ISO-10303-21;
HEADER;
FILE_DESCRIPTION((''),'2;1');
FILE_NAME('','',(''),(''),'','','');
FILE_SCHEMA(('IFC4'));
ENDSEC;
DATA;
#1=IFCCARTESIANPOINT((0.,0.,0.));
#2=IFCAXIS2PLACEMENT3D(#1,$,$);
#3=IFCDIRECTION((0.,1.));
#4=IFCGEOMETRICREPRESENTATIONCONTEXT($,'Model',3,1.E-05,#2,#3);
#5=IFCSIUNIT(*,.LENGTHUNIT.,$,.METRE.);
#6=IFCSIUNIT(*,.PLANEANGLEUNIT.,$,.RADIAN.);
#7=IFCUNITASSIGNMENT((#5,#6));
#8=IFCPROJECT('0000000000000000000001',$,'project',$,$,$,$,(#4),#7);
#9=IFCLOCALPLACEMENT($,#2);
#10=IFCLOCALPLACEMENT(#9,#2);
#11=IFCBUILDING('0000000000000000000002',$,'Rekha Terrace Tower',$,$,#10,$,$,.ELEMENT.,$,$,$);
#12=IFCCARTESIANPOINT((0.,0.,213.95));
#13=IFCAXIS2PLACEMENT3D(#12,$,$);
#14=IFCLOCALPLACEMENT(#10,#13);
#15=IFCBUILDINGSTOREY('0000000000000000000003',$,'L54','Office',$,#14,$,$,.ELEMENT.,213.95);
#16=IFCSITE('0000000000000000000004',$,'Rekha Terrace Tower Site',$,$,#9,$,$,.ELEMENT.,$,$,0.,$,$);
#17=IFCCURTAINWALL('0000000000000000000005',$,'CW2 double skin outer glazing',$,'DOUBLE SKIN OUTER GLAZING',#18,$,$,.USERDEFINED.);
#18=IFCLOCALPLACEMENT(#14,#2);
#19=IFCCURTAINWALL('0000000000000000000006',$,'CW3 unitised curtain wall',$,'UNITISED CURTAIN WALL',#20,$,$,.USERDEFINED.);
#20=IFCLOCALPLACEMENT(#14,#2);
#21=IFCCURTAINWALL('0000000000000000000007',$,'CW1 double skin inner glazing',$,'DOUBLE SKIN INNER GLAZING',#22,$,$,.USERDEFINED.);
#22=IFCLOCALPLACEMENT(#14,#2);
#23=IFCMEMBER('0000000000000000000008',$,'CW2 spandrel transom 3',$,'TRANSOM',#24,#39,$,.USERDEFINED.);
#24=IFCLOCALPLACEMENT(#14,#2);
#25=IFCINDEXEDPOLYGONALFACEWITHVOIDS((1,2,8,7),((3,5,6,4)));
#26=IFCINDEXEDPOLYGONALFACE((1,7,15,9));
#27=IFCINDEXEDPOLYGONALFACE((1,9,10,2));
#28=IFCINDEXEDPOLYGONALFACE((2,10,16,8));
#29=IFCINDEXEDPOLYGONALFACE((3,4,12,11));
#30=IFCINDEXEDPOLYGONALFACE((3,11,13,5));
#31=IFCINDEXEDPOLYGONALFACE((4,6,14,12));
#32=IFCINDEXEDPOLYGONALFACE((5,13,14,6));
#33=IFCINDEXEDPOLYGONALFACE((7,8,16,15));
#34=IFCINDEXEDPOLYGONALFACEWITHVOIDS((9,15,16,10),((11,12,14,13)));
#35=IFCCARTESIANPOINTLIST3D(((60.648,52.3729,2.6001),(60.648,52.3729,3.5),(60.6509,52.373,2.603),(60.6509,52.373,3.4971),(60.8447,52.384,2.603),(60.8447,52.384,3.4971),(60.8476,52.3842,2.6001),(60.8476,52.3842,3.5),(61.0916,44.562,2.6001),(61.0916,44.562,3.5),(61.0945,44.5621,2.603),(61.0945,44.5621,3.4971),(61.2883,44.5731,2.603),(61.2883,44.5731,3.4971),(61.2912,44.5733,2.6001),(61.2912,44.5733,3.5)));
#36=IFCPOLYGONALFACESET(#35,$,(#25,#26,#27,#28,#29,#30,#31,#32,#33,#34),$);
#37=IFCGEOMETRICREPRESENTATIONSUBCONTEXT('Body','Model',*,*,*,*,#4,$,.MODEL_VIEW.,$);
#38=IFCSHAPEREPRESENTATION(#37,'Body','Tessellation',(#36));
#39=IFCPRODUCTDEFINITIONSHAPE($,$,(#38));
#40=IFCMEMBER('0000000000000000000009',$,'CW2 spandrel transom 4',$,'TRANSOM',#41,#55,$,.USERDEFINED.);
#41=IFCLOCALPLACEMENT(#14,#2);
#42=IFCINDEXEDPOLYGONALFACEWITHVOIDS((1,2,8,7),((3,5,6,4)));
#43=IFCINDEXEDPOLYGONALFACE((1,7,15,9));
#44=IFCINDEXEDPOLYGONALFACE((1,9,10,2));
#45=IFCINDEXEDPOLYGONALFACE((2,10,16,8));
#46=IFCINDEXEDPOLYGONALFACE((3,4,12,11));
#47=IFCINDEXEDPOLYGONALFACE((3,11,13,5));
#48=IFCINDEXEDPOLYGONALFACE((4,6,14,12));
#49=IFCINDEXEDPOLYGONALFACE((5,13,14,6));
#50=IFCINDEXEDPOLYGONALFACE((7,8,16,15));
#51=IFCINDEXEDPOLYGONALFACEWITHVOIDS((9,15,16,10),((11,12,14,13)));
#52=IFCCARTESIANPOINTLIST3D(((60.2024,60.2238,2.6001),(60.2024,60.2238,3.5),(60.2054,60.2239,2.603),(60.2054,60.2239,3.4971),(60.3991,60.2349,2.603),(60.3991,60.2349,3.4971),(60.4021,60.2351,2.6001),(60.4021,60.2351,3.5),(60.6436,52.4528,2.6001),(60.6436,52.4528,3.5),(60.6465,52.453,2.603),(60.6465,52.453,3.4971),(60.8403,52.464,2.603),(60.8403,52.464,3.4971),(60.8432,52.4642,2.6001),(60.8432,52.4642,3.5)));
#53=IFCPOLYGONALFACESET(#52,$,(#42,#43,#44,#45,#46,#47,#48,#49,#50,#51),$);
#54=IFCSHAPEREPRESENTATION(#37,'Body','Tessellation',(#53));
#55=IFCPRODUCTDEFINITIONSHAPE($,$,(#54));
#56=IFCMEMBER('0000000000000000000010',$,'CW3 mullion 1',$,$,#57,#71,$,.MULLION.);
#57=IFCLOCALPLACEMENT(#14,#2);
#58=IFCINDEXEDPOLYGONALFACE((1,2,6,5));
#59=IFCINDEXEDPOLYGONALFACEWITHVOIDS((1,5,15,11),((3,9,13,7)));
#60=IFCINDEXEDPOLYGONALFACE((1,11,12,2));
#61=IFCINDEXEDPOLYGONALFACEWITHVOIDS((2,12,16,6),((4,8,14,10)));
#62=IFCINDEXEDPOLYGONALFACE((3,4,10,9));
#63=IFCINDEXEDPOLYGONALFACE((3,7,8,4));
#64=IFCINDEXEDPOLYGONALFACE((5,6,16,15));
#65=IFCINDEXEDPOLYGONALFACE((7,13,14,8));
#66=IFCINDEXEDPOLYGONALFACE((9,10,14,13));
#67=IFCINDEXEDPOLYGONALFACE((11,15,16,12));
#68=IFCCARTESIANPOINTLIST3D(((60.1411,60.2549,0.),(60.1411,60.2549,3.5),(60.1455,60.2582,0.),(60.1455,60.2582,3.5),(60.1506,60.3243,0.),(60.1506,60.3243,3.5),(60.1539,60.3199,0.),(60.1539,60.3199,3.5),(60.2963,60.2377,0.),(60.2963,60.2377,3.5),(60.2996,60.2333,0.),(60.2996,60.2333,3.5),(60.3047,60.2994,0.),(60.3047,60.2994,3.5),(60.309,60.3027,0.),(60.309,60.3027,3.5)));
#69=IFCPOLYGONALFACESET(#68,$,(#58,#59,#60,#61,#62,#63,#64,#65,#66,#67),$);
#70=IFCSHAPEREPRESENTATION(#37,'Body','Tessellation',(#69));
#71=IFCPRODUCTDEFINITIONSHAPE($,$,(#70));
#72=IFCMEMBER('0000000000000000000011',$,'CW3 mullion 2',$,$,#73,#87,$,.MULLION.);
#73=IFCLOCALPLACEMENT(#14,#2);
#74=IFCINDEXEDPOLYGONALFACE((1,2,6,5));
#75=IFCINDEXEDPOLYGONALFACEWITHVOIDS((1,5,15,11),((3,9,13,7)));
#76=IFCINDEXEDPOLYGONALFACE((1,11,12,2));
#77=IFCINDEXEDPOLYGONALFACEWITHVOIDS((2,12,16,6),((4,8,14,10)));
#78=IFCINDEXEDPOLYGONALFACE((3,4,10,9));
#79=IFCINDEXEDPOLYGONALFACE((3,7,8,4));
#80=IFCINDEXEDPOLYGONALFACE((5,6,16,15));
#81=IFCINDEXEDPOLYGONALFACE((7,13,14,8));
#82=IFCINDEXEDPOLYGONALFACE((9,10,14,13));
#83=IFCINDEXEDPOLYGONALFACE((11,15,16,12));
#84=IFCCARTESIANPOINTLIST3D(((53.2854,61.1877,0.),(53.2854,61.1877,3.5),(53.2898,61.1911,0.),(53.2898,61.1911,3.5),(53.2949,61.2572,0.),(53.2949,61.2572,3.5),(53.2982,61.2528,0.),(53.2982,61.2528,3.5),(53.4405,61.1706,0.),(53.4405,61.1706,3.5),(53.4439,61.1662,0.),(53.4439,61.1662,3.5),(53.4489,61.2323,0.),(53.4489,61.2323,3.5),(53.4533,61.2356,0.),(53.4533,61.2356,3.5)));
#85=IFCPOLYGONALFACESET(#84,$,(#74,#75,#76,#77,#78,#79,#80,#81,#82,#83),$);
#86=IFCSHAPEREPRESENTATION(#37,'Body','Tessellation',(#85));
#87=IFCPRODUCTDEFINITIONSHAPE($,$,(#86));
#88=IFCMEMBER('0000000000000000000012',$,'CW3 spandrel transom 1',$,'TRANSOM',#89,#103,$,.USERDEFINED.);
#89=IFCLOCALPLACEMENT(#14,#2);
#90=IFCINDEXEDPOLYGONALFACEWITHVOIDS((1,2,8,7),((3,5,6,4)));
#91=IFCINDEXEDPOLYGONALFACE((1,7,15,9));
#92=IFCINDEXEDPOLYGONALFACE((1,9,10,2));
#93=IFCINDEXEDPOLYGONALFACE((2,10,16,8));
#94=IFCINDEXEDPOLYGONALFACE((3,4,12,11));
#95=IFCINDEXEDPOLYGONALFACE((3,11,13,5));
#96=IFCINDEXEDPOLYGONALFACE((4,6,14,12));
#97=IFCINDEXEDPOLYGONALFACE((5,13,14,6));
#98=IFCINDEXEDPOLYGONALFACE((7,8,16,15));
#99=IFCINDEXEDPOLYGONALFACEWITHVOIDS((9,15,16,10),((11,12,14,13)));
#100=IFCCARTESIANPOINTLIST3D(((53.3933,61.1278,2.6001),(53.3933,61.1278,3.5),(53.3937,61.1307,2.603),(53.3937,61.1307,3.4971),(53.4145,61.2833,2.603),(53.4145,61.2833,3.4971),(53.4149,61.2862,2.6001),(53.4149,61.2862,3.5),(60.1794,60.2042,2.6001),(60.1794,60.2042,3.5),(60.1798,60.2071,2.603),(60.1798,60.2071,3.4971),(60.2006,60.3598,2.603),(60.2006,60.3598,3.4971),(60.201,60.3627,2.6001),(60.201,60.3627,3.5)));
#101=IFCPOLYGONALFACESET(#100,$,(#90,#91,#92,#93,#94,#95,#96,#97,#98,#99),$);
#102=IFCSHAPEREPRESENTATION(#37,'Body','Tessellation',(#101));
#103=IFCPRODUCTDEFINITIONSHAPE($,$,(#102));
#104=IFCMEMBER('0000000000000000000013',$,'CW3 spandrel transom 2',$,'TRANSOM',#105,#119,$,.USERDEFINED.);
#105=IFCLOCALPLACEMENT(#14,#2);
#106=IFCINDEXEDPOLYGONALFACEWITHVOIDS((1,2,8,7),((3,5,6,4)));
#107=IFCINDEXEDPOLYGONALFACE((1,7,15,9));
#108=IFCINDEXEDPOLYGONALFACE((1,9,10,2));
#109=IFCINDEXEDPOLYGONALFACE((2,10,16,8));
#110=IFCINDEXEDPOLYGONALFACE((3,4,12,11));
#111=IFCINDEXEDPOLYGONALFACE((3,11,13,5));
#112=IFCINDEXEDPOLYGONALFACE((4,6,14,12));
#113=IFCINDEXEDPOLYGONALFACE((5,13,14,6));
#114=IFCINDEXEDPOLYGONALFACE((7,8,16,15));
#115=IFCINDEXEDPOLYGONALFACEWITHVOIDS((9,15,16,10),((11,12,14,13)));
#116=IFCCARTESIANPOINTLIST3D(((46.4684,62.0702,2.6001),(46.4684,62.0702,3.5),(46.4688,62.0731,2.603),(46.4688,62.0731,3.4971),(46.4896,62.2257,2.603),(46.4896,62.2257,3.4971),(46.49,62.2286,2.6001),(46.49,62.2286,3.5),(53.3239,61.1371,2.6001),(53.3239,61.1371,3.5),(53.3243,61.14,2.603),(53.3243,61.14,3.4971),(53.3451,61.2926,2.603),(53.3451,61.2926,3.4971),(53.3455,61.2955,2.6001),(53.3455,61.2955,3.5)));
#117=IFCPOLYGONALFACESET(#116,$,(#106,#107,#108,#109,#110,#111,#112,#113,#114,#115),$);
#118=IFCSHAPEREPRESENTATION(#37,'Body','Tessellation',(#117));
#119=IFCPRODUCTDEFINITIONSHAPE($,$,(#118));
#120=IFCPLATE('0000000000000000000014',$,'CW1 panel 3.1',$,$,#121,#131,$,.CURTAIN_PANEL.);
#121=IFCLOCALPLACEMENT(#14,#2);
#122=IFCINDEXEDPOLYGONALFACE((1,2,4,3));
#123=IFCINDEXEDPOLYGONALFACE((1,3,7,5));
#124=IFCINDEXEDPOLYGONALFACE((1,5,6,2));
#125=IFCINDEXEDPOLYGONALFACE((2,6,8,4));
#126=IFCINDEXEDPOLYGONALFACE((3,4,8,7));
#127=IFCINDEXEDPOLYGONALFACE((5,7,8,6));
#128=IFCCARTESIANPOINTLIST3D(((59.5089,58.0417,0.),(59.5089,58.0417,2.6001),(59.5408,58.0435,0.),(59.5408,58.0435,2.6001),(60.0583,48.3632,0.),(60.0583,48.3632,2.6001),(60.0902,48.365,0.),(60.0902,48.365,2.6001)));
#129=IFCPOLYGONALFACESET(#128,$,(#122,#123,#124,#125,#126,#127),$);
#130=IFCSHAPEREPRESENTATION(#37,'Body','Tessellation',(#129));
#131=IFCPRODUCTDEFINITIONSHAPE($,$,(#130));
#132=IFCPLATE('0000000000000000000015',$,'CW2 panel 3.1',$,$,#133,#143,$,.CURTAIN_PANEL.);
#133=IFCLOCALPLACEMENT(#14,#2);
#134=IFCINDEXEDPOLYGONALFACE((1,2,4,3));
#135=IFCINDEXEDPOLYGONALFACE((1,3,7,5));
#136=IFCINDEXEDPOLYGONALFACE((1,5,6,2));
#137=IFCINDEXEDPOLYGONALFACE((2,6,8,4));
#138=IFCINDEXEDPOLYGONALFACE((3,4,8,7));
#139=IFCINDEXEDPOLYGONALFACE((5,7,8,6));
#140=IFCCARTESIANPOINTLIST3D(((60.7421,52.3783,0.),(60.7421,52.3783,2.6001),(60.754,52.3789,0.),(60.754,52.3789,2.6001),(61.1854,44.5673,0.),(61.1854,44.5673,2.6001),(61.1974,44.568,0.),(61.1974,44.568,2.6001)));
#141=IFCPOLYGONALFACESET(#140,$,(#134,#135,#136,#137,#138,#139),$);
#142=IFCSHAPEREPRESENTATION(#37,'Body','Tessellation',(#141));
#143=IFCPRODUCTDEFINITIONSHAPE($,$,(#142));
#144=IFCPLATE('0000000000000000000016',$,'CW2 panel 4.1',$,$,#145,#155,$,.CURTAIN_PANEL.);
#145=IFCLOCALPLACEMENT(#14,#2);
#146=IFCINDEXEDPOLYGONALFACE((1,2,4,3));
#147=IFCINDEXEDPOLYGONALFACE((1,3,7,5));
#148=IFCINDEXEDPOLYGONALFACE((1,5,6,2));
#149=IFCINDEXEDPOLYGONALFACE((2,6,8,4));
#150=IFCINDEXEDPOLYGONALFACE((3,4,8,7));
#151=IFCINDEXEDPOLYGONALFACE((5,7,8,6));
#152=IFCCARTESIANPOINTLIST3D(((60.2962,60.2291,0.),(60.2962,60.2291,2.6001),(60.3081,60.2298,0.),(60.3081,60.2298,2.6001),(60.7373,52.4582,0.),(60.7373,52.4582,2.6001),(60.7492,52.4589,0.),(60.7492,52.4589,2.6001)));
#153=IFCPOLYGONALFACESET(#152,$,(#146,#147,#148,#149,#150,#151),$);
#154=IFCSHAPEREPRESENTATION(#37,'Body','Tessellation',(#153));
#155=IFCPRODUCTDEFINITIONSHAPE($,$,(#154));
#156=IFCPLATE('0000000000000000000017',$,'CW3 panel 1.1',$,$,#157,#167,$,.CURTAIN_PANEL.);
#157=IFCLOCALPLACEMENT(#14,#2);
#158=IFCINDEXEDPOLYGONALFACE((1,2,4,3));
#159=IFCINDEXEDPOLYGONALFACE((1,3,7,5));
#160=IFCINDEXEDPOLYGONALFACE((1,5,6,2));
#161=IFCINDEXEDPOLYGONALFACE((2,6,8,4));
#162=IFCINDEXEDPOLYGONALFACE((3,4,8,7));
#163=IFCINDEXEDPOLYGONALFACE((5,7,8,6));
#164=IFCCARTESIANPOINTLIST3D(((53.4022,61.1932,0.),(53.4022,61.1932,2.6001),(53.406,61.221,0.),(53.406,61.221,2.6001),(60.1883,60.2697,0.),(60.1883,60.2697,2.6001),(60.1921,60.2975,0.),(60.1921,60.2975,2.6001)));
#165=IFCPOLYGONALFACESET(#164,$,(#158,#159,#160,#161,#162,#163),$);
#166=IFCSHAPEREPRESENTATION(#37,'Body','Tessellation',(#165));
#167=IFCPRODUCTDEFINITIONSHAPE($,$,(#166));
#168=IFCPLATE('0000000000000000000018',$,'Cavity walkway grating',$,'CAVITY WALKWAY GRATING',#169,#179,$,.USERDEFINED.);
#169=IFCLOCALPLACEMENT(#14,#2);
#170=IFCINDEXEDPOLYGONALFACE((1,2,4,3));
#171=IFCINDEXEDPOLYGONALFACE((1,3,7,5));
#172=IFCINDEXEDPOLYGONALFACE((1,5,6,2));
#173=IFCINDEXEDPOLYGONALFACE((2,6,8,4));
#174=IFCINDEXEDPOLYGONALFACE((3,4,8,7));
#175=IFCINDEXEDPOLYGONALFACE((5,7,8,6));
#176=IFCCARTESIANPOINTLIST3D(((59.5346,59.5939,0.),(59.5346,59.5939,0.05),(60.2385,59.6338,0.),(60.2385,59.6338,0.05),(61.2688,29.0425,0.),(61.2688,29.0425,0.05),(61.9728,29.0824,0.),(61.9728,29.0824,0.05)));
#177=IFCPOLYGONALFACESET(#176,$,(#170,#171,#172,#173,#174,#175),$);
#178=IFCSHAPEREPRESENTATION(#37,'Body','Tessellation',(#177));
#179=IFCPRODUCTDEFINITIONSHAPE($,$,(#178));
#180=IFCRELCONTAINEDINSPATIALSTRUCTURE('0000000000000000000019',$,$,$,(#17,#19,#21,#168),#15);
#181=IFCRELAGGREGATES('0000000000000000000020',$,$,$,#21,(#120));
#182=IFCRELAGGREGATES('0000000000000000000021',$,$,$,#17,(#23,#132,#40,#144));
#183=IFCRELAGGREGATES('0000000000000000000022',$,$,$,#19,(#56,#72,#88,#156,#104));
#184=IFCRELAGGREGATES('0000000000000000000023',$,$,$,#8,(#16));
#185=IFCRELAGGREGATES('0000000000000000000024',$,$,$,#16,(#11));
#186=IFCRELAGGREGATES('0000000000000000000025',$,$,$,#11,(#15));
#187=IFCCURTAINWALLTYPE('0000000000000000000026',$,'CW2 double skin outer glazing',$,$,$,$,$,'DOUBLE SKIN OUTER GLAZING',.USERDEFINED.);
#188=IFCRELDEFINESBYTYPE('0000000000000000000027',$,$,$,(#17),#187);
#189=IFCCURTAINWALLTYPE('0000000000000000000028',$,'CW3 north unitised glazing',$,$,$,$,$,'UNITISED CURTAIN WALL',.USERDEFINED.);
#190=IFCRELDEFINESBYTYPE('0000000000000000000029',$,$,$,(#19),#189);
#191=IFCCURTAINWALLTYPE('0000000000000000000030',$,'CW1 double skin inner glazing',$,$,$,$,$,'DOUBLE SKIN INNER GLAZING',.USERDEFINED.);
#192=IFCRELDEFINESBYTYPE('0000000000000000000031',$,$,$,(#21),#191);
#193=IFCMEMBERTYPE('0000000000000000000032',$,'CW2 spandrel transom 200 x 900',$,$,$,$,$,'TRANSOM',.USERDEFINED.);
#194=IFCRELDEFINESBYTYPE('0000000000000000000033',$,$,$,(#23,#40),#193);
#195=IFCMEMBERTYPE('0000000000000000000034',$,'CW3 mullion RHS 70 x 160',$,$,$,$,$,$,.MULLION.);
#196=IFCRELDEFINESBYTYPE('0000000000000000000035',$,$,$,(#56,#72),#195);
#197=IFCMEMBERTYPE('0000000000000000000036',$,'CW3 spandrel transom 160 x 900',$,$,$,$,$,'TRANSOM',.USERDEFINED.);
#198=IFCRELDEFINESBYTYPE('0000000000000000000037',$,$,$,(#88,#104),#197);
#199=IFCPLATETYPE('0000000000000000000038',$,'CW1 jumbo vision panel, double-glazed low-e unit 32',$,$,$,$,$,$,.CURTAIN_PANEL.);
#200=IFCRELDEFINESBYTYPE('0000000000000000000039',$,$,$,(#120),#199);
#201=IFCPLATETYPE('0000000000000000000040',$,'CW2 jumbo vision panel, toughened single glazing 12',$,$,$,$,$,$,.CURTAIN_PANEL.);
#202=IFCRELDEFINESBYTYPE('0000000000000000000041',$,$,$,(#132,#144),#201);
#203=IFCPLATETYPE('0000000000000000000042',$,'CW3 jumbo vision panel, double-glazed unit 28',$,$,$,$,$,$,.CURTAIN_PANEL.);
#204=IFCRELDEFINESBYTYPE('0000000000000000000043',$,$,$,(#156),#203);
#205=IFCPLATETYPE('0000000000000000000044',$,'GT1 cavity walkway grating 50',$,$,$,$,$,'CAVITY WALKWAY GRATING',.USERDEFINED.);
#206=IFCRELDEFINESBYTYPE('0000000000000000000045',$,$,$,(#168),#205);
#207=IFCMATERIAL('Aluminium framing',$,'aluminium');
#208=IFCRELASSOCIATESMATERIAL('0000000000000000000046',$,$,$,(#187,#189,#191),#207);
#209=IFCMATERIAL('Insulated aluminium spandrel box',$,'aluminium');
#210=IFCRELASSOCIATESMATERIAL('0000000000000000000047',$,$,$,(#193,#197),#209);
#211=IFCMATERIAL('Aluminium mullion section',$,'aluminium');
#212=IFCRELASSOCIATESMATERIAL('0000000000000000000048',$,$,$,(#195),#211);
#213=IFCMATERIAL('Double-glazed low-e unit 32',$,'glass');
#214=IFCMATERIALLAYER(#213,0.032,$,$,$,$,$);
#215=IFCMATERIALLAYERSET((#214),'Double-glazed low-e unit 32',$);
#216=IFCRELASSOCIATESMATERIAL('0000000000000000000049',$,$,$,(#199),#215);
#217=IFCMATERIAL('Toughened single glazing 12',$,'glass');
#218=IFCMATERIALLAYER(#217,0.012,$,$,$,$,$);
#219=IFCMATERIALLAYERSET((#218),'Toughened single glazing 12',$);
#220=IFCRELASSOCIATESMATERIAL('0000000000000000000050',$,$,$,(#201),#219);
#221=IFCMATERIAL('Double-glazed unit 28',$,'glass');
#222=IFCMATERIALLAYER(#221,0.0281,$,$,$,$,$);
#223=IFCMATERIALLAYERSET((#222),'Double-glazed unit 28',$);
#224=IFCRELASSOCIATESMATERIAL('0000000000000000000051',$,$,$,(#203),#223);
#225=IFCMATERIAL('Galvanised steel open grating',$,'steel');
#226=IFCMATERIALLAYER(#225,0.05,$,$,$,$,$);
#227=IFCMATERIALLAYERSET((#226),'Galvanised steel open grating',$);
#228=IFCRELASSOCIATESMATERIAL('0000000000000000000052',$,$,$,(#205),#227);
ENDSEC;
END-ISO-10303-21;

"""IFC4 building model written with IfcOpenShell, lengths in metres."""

from ifc_helpers import new_model, si_unit, direction, frame, origin, origin_2d, place, context, subcontext, project, spatial, rectangle, hollow_rectangle, extrude, material, layer, layer_set, material_profile, profile_set, type_object, element, aggregate, save


model = new_model("IFC4")

# Units and contexts
model_context = context("Model", 3, precision=1e-05, world=origin(), true_north=direction((0.0, 1.0)))
body_context = subcontext(model_context, "Body", "Model", "MODEL_VIEW")
ifc_project = project(units=[si_unit("LENGTHUNIT", "METRE"), si_unit("PLANEANGLEUNIT", "RADIAN")], contexts=[model_context])

# Site, building, storey
site_placement = place(None, origin())
site = spatial("IfcSite", under=ifc_project, at=site_placement, Name="Rekha Terrace Tower Site", CompositionType="ELEMENT", RefElevation=0.0)
building_placement = place(site_placement, origin())
building = spatial("IfcBuilding", under=site, at=building_placement, Name="Rekha Terrace Tower", CompositionType="ELEMENT")
storey_placement = place(building_placement, frame((0.0, 0.0, 213.95)))
storey = spatial("IfcBuildingStorey", under=building, at=storey_placement, Name="L54", Description="Office", CompositionType="ELEMENT", Elevation=213.95)

# Curtain wall
ifc_material_1 = material(Name="Aluminium framing", Category="aluminium")
curtain_wall_type_1 = type_object("IfcCurtainWallType", Name="CW2 double skin outer glazing", ElementType="DOUBLE SKIN OUTER GLAZING", PredefinedType="USERDEFINED", material=ifc_material_1)
curtain_wall_1_placement = place(storey_placement, origin())
curtain_wall_1 = element("IfcCurtainWall", 1, at=curtain_wall_1_placement, inside=storey, type_object=curtain_wall_type_1, Name="CW2 double skin outer glazing", ObjectType="DOUBLE SKIN OUTER GLAZING", PredefinedType="USERDEFINED")

# Curtain wall
curtain_wall_type_2 = type_object("IfcCurtainWallType", Name="CW3 north unitised glazing", ElementType="UNITISED CURTAIN WALL", PredefinedType="USERDEFINED", material=ifc_material_1)
curtain_wall_2_placement = place(storey_placement, origin())
curtain_wall_2 = element("IfcCurtainWall", 2, at=curtain_wall_2_placement, inside=storey, type_object=curtain_wall_type_2, Name="CW3 unitised curtain wall", ObjectType="UNITISED CURTAIN WALL", PredefinedType="USERDEFINED")

# Curtain wall
curtain_wall_type_3 = type_object("IfcCurtainWallType", Name="CW1 double skin inner glazing", ElementType="DOUBLE SKIN INNER GLAZING", PredefinedType="USERDEFINED", material=ifc_material_1)
curtain_wall_3_placement = place(storey_placement, origin())
curtain_wall_3 = element("IfcCurtainWall", 3, at=curtain_wall_3_placement, inside=storey, type_object=curtain_wall_type_3, Name="CW1 double skin inner glazing", ObjectType="DOUBLE SKIN INNER GLAZING", PredefinedType="USERDEFINED")
ifc_material_2 = material(Name="Aluminium mullion section", Category="aluminium")
ifc_material_3 = material(Name="Insulated aluminium spandrel box", Category="aluminium")

# Members
ifc_material_profile_1 = material_profile(ifc_material_3, hollow_rectangle(XDim=0.2, YDim=0.8999, WallThickness=0.0029, at=origin_2d()), Name="AL SPANDREL BOX 200x900")
ifc_profile_set_1 = profile_set([ifc_material_profile_1], Name="Insulated aluminium spandrel box")
member_type_1 = type_object("IfcMemberType", Name="CW2 spandrel transom 200 x 900", ElementType="TRANSOM", PredefinedType="USERDEFINED", material=ifc_profile_set_1)
member_1_placement = place(storey_placement, frame((61.1914, 44.5676, 3.05), z_axis=(-0.056702, 0.998391, 0.0), x_axis=(-0.998391, -0.056702, 0.0)))
member_1 = element("IfcMember", 4, at=member_1_placement, type_object=member_type_1, Name="CW2 spandrel transom 3", ObjectType="TRANSOM", PredefinedType="USERDEFINED", context=body_context, shape_type="SweptSolid", body=[
    extrude(hollow_rectangle(XDim=0.2, YDim=0.8999, WallThickness=0.0029, at=origin_2d()), origin(), (0.0, 0.0, 1.0), 7.8235),
])
member_2_placement = place(storey_placement, frame((60.7434, 52.4585, 3.05), z_axis=(-0.056679, 0.998392, 0.0), x_axis=(-0.998392, -0.056679, 0.0)))
member_2 = element("IfcMember", 5, at=member_2_placement, type_object=member_type_1, Name="CW2 spandrel transom 4", ObjectType="TRANSOM", PredefinedType="USERDEFINED", context=body_context, shape_type="SweptSolid", body=[
    extrude(hollow_rectangle(XDim=0.2, YDim=0.8999, WallThickness=0.0029, at=origin_2d()), origin(), (0.0, 0.0, 1.0), 7.7834),
])
ifc_material_profile_2 = material_profile(ifc_material_2, hollow_rectangle(XDim=0.0701, YDim=0.1599, WallThickness=0.0039, at=origin_2d()), Name="AL RHS 70x160")
ifc_profile_set_2 = profile_set([ifc_material_profile_2], Name="Aluminium mullion section")
member_type_2 = type_object("IfcMemberType", Name="CW3 mullion RHS 70 x 160", PredefinedType="MULLION", material=ifc_profile_set_2)
member_3_placement = place(storey_placement, frame((60.2251, 60.2788, 0.0), z_axis=(0.0, 0.0, 1.0), x_axis=(-0.134841, -0.990867, 0.0)))
member_3 = element("IfcMember", 6, at=member_3_placement, type_object=member_type_2, Name="CW3 mullion 1", PredefinedType="MULLION", context=body_context, shape_type="SweptSolid", body=[
    extrude(hollow_rectangle(XDim=0.0701, YDim=0.1599, WallThickness=0.0039, at=origin_2d()), origin(), (0.0, 0.0, 1.0), 3.5),
])
member_4_placement = place(storey_placement, frame((53.3694, 61.2117, 0.0), z_axis=(0.0, 0.0, 1.0), x_axis=(-0.134841, -0.990867, 0.0)))
member_4 = element("IfcMember", 7, at=member_4_placement, type_object=member_type_2, Name="CW3 mullion 2", PredefinedType="MULLION", context=body_context, shape_type="SweptSolid", body=[
    extrude(hollow_rectangle(XDim=0.0701, YDim=0.1599, WallThickness=0.0039, at=origin_2d()), origin(), (0.0, 0.0, 1.0), 3.5),
])
ifc_material_profile_3 = material_profile(ifc_material_3, hollow_rectangle(XDim=0.1599, YDim=0.8999, WallThickness=0.0029, at=origin_2d()), Name="AL SPANDREL BOX 160x900")
ifc_profile_set_3 = profile_set([ifc_material_profile_3], Name="Insulated aluminium spandrel box")
member_type_3 = type_object("IfcMemberType", Name="CW3 spandrel transom 160 x 900", ElementType="TRANSOM", PredefinedType="USERDEFINED", material=ifc_profile_set_3)
member_5_placement = place(storey_placement, frame((60.1902, 60.2834, 3.05), z_axis=(-0.990865, 0.134855, 0.0), x_axis=(-0.134855, -0.990865, 0.0)))
member_5 = element("IfcMember", 8, at=member_5_placement, type_object=member_type_3, Name="CW3 spandrel transom 1", ObjectType="TRANSOM", PredefinedType="USERDEFINED", context=body_context, shape_type="SweptSolid", body=[
    extrude(hollow_rectangle(XDim=0.1599, YDim=0.8999, WallThickness=0.0029, at=origin_2d()), origin(), (0.0, 0.0, 1.0), 6.8486),
])
member_6_placement = place(storey_placement, frame((53.3347, 61.2163, 3.05), z_axis=(-0.990864, 0.134868, 0.0), x_axis=(-0.134868, -0.990864, 0.0)))
member_6 = element("IfcMember", 9, at=member_6_placement, type_object=member_type_3, Name="CW3 spandrel transom 2", ObjectType="TRANSOM", PredefinedType="USERDEFINED", context=body_context, shape_type="SweptSolid", body=[
    extrude(hollow_rectangle(XDim=0.1599, YDim=0.8999, WallThickness=0.0029, at=origin_2d()), origin(), (0.0, 0.0, 1.0), 6.9187),
])

# Plates
ifc_material_4 = material(Name="Double-glazed low-e unit 32", Category="glass")
ifc_layer_1 = layer(ifc_material_4, 0.032)
ifc_layer_set_1 = layer_set([ifc_layer_1], Name="Double-glazed low-e unit 32")
plate_type_1 = type_object("IfcPlateType", Name="CW1 jumbo vision panel, double-glazed low-e unit 32", PredefinedType="CURTAIN_PANEL", material=ifc_layer_set_1)
plate_1_placement = place(storey_placement, frame((59.7996, 53.2034, 0.0), z_axis=(0.0, 0.0, 1.0), x_axis=(-0.056673, 0.998393, 0.0)))
plate_1 = element("IfcPlate", 10, at=plate_1_placement, type_object=plate_type_1, Name="CW1 panel 3.1", PredefinedType="CURTAIN_PANEL", context=body_context, shape_type="SweptSolid", body=[
    extrude(rectangle(XDim=9.6941, YDim=0.032, at=origin_2d()), origin(), (0.0, 0.0, 1.0), 2.6001),
])
aggregate(curtain_wall_3, [plate_1])
ifc_material_5 = material(Name="Toughened single glazing 12", Category="glass")
ifc_layer_2 = layer(ifc_material_5, 0.012)
ifc_layer_set_2 = layer_set([ifc_layer_2], Name="Toughened single glazing 12")
plate_type_2 = type_object("IfcPlateType", Name="CW2 jumbo vision panel, toughened single glazing 12", PredefinedType="CURTAIN_PANEL", material=ifc_layer_set_2)
plate_2_placement = place(storey_placement, frame((60.9697, 48.4731, 0.0), z_axis=(0.0, 0.0, 1.0), x_axis=(-0.056673, 0.998393, 0.0)))
plate_2 = element("IfcPlate", 11, at=plate_2_placement, type_object=plate_type_2, Name="CW2 panel 3.1", PredefinedType="CURTAIN_PANEL", context=body_context, shape_type="SweptSolid", body=[
    extrude(rectangle(XDim=7.8235, YDim=0.012, at=origin_2d()), origin(), (0.0, 0.0, 1.0), 2.6001),
])
plate_3_placement = place(storey_placement, frame((60.5227, 56.344, 0.0), z_axis=(0.0, 0.0, 1.0), x_axis=(-0.056673, 0.998393, 0.0)))
plate_3 = element("IfcPlate", 12, at=plate_3_placement, type_object=plate_type_2, Name="CW2 panel 4.1", PredefinedType="CURTAIN_PANEL", context=body_context, shape_type="SweptSolid", body=[
    extrude(rectangle(XDim=7.7834, YDim=0.012, at=origin_2d()), origin(), (0.0, 0.0, 1.0), 2.6001),
])
aggregate(curtain_wall_1, [member_1, plate_2, member_2, plate_3])
ifc_material_6 = material(Name="Double-glazed unit 28", Category="glass")
ifc_layer_3 = layer(ifc_material_6, 0.0281)
ifc_layer_set_3 = layer_set([ifc_layer_3], Name="Double-glazed unit 28")
plate_type_3 = type_object("IfcPlateType", Name="CW3 jumbo vision panel, double-glazed unit 28", PredefinedType="CURTAIN_PANEL", material=ifc_layer_set_3)
plate_4_placement = place(storey_placement, frame((56.7971, 60.7454, 0.0), z_axis=(0.0, 0.0, 1.0), x_axis=(-0.990867, 0.134841, 0.0)))
plate_4 = element("IfcPlate", 13, at=plate_4_placement, type_object=plate_type_3, Name="CW3 panel 1.1", PredefinedType="CURTAIN_PANEL", context=body_context, shape_type="SweptSolid", body=[
    extrude(rectangle(XDim=6.8486, YDim=0.0281, at=origin_2d()), origin(), (0.0, 0.0, 1.0), 2.6001),
])
aggregate(curtain_wall_2, [member_3, member_4, member_5, plate_4, member_6])
ifc_material_7 = material(Name="Galvanised steel open grating", Category="steel")
ifc_layer_4 = layer(ifc_material_7, 0.05)
ifc_layer_set_4 = layer_set([ifc_layer_4], Name="Galvanised steel open grating")
plate_type_4 = type_object("IfcPlateType", Name="GT1 cavity walkway grating 50", ElementType="CAVITY WALKWAY GRATING", PredefinedType="USERDEFINED", material=ifc_layer_set_4)
plate_5_placement = place(storey_placement, frame((60.7537, 44.3381, 0.0), z_axis=(0.0, 0.0, 1.0), x_axis=(-0.056673, 0.998393, 0.0)))
element("IfcPlate", 14, at=plate_5_placement, inside=storey, type_object=plate_type_4, Name="Cavity walkway grating", ObjectType="CAVITY WALKWAY GRATING", PredefinedType="USERDEFINED", context=body_context, shape_type="SweptSolid", body=[
    extrude(rectangle(XDim=30.6006, YDim=0.7051, at=origin_2d()), origin(), (0.0, 0.0, 1.0), 0.05),
])

save(model, "model.ifc")
